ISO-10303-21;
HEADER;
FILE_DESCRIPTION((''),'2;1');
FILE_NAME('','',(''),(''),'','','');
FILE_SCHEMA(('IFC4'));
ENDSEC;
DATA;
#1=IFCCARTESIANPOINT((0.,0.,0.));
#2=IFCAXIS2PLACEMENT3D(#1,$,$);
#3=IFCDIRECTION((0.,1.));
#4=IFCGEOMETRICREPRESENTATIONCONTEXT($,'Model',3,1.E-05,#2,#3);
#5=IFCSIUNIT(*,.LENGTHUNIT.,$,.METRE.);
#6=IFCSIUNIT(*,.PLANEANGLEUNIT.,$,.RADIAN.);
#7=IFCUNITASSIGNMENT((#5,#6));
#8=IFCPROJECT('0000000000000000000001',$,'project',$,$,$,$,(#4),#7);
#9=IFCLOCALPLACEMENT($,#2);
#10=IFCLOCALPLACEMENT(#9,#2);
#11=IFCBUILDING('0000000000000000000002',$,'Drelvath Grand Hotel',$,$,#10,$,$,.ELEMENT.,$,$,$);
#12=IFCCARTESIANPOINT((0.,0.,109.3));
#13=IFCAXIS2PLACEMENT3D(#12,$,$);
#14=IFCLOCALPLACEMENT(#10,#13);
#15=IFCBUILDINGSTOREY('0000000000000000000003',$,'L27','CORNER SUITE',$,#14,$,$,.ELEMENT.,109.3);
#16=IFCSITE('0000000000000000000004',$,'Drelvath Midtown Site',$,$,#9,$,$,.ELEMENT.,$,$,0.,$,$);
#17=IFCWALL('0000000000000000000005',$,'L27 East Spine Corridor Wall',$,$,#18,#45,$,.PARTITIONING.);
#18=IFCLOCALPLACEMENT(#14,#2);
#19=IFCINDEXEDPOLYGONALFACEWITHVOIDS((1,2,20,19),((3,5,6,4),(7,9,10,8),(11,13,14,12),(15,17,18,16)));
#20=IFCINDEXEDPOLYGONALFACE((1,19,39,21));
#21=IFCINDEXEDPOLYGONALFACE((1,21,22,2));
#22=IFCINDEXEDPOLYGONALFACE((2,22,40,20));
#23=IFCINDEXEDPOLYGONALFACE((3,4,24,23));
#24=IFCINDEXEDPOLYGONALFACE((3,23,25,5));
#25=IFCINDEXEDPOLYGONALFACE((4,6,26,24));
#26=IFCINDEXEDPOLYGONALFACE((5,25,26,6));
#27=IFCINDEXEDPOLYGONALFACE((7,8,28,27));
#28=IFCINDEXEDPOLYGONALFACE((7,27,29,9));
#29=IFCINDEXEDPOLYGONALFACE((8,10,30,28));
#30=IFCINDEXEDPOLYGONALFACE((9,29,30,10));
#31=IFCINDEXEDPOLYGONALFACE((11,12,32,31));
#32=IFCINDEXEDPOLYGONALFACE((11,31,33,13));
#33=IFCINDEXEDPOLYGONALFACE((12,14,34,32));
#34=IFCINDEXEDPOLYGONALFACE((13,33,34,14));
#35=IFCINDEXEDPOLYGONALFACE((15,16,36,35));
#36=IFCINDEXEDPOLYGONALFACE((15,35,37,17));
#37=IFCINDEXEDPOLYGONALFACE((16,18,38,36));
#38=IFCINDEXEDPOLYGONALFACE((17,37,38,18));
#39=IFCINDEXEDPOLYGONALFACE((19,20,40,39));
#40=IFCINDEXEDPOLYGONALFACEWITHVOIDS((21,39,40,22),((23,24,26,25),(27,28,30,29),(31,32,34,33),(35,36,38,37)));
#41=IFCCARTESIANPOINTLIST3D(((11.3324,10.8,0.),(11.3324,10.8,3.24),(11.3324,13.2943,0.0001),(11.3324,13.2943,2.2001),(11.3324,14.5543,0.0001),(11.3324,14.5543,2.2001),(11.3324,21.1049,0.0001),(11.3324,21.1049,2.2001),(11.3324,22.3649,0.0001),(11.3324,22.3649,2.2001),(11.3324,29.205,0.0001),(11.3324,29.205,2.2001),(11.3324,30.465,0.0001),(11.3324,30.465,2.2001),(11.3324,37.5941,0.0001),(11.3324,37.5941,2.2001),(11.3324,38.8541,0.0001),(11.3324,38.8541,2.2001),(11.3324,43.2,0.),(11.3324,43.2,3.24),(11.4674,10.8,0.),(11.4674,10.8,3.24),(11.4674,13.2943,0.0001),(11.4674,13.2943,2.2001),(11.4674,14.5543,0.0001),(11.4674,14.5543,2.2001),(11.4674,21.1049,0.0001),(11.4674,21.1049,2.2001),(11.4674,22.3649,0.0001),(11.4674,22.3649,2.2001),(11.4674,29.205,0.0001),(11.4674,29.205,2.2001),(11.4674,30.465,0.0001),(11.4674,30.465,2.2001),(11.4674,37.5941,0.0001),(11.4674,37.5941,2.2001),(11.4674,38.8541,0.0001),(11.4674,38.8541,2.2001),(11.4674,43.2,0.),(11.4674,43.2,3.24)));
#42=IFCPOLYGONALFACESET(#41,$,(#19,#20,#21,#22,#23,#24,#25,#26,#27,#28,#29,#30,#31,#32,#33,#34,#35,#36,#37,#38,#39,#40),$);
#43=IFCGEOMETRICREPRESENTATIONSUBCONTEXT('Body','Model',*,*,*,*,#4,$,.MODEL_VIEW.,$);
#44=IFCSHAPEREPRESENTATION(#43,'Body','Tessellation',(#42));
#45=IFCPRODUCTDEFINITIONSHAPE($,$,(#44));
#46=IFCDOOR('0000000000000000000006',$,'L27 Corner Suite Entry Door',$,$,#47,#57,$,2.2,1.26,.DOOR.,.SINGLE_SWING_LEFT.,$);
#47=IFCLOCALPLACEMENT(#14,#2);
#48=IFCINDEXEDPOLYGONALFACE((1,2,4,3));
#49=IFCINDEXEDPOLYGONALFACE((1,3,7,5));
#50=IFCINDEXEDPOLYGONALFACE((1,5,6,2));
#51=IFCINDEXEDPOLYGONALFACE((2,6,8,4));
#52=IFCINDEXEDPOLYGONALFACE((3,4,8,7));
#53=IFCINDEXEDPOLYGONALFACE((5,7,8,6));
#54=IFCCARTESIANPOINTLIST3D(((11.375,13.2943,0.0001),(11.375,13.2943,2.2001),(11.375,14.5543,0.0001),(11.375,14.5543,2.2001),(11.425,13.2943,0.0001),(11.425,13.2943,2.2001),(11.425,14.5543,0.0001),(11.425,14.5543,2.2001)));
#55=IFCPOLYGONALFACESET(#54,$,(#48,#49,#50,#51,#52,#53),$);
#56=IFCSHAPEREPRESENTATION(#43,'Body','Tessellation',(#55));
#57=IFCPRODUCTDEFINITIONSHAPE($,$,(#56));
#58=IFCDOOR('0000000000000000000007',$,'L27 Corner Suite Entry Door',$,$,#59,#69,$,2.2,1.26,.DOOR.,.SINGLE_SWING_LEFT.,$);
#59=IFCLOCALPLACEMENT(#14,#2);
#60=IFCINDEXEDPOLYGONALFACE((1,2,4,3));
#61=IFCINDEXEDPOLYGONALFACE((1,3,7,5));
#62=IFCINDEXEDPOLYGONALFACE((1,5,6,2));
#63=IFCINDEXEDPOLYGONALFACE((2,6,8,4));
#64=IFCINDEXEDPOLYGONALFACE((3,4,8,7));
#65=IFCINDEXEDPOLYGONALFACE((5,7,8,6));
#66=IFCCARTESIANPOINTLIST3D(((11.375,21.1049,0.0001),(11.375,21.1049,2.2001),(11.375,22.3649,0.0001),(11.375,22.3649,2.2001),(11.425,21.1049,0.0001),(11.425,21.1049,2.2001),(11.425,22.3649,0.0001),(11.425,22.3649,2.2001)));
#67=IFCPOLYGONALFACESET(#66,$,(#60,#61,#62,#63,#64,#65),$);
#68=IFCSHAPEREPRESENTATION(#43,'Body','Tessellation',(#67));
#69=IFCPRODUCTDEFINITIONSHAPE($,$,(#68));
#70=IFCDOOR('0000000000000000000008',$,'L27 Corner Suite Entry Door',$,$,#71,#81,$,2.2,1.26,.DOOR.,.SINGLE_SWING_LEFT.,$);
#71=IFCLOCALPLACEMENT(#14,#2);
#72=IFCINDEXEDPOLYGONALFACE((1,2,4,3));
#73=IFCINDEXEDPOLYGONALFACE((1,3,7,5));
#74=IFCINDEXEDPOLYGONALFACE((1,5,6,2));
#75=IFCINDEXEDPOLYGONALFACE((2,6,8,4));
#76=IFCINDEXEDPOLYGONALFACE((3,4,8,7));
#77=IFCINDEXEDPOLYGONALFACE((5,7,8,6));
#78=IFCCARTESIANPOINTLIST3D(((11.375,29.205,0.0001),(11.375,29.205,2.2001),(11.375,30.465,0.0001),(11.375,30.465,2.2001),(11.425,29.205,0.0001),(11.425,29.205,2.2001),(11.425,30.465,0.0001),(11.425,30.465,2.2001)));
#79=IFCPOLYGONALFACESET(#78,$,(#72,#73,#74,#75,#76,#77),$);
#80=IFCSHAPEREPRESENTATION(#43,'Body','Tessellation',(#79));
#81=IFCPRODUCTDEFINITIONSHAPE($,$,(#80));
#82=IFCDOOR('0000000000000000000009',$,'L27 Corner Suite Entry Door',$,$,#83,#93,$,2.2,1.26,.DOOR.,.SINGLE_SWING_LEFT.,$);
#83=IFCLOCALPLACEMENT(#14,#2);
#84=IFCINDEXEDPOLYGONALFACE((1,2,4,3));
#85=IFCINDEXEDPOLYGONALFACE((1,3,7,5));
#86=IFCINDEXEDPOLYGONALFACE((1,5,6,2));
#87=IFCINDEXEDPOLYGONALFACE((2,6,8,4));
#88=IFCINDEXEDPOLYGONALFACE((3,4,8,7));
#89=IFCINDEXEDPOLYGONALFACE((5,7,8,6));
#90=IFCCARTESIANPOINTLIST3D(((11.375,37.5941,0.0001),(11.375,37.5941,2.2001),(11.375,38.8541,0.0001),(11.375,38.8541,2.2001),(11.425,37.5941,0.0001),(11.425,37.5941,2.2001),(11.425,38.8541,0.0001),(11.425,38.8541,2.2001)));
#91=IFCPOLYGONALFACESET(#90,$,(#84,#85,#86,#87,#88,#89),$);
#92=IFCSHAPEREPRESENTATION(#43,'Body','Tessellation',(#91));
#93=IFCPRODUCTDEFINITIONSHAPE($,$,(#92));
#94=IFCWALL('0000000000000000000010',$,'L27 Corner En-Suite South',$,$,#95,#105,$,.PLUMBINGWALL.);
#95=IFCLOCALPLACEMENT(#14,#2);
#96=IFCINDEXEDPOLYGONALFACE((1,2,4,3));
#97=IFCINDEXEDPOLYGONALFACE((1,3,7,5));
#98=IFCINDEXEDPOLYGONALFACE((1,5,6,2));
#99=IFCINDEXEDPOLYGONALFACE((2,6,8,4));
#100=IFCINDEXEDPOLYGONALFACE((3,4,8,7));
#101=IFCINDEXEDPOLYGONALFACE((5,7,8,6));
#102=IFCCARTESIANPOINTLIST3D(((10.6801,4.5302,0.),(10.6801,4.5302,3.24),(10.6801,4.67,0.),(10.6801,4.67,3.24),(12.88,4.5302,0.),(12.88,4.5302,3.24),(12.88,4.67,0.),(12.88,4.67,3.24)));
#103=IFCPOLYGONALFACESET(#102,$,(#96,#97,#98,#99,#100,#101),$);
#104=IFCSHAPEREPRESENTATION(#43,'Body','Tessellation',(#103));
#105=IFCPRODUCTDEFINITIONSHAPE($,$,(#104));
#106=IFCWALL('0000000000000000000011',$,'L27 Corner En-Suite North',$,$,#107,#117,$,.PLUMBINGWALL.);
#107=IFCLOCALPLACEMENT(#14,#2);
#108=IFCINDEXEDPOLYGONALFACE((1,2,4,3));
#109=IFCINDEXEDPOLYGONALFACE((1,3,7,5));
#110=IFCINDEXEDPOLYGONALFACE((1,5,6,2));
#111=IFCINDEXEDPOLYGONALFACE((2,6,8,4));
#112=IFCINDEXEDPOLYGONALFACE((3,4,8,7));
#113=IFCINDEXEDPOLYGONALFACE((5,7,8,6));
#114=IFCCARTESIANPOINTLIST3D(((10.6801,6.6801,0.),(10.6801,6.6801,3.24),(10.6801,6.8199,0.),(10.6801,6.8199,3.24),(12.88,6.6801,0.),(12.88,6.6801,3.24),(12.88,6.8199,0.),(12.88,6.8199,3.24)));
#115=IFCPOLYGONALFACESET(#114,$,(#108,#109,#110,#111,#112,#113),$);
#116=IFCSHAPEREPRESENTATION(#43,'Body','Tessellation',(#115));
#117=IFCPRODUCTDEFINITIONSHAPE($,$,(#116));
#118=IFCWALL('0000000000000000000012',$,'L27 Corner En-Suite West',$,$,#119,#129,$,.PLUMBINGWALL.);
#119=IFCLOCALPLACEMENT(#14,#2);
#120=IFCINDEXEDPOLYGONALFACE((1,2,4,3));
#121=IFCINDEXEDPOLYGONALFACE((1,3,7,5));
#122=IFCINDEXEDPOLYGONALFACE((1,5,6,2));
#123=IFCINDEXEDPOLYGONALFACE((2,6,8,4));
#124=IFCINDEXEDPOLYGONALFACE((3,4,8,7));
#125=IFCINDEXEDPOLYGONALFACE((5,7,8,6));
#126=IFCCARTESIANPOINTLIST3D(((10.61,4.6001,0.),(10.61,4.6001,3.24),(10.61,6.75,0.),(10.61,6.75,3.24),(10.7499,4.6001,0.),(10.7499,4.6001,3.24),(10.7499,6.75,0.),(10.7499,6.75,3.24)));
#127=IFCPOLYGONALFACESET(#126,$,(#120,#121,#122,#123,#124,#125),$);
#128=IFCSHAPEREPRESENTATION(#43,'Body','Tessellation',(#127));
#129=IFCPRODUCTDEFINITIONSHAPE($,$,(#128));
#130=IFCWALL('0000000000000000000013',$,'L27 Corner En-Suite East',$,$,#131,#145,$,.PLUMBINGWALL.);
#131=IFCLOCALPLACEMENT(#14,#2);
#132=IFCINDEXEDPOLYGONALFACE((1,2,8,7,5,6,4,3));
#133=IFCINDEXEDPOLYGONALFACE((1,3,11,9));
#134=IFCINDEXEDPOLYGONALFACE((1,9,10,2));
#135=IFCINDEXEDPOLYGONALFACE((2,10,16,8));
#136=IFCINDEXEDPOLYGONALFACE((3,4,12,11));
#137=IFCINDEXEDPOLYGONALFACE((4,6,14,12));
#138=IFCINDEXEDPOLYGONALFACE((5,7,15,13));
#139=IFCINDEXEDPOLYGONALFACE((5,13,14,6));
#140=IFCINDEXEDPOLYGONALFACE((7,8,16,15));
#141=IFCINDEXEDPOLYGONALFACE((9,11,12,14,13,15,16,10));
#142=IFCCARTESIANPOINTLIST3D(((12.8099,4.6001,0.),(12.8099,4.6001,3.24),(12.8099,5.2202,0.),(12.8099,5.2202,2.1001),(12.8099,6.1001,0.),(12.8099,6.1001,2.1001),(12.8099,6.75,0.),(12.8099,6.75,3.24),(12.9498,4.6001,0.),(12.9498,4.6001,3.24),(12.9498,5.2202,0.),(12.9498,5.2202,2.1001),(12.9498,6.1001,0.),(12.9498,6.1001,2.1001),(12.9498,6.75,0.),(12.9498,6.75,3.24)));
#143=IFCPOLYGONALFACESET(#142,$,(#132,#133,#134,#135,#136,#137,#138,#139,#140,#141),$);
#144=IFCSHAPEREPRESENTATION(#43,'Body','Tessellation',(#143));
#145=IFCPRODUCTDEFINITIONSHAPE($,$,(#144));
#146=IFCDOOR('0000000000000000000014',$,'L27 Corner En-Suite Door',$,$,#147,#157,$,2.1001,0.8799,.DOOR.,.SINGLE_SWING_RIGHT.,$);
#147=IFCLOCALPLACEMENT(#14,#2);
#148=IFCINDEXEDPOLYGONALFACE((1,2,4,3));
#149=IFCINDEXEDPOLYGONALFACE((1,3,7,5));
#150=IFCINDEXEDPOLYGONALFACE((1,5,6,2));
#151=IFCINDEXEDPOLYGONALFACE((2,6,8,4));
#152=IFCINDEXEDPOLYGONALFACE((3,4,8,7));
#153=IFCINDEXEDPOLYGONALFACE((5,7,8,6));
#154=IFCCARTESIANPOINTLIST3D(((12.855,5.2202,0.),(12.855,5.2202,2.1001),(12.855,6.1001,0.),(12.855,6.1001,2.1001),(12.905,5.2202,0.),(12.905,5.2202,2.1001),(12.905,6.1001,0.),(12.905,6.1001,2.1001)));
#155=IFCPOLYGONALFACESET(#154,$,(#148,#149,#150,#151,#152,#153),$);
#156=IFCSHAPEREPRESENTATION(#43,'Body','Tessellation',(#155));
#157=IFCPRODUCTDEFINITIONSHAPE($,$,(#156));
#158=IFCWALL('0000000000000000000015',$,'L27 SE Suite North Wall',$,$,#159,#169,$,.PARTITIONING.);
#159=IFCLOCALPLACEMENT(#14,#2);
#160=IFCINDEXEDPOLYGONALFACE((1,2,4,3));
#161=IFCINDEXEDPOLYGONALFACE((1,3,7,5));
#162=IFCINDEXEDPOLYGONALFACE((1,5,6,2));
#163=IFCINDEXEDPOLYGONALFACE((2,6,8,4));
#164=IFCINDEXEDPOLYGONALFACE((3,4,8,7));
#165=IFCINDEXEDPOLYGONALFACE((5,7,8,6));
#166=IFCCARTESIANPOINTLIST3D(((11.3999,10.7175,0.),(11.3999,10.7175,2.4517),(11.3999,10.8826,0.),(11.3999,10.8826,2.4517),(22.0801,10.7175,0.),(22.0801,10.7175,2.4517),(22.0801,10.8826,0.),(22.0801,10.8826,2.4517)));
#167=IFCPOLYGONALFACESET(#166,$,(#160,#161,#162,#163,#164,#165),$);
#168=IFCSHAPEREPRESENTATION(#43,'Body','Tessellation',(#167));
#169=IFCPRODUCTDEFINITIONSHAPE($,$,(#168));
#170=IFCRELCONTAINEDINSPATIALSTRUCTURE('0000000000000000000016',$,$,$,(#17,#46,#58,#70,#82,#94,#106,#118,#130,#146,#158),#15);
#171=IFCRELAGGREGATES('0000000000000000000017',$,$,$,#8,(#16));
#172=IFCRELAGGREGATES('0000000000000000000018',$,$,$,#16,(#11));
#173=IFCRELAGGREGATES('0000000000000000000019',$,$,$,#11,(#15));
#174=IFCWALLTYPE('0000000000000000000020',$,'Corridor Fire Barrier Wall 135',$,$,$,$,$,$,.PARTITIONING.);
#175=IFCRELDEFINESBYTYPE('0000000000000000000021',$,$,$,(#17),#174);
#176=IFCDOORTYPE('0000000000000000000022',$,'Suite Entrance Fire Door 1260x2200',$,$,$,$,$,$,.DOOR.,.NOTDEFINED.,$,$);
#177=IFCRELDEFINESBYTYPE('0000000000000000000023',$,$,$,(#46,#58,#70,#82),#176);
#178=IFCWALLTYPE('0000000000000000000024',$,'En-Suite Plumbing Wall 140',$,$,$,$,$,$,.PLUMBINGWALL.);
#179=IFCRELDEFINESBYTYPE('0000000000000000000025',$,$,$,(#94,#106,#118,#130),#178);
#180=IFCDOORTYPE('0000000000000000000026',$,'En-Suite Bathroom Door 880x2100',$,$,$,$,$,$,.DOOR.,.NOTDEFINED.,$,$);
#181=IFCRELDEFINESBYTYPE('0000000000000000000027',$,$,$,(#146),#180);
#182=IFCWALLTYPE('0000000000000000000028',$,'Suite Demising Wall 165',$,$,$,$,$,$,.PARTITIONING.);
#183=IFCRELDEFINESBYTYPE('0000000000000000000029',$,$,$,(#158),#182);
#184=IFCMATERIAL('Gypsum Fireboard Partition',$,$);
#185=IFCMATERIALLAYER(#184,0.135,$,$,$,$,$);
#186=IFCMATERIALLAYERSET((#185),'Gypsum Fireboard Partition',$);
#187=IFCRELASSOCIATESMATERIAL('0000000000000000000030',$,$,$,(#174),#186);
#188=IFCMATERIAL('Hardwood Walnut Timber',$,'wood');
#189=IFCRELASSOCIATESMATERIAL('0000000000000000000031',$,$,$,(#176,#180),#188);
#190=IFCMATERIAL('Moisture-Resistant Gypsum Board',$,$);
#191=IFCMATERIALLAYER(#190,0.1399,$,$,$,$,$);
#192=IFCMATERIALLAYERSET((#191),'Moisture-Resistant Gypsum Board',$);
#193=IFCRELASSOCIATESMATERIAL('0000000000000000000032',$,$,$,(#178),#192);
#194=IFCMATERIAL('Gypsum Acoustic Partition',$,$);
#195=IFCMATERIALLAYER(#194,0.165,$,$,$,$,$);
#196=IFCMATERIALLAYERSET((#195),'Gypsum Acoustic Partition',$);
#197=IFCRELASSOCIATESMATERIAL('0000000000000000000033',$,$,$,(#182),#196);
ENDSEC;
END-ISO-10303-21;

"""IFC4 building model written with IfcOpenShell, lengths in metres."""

from ifc_helpers import new_model, si_unit, direction, frame, frame_2d, origin, place, context, subcontext, project, spatial, rectangle, extrude, material, layer, layer_set, type_object, element, fill, save


model = new_model("IFC4")

# Units and contexts
model_context = context("Model", 3, precision=1e-05, world=origin(), true_north=direction((0.0, 1.0)))
body_context = subcontext(model_context, "Body", "Model", "MODEL_VIEW")
ifc_project = project(units=[si_unit("LENGTHUNIT", "METRE"), si_unit("PLANEANGLEUNIT", "RADIAN")], contexts=[model_context])

# Site, building, storey
site_placement = place(None, origin())
site = spatial("IfcSite", under=ifc_project, at=site_placement, Name="Drelvath Midtown Site", CompositionType="ELEMENT", RefElevation=0.0)
building_placement = place(site_placement, origin())
building = spatial("IfcBuilding", under=site, at=building_placement, Name="Drelvath Grand Hotel", CompositionType="ELEMENT")
storey_placement = place(building_placement, frame((0.0, 0.0, 109.3)))
storey = spatial("IfcBuildingStorey", under=building, at=storey_placement, Name="L27", Description="CORNER SUITE", CompositionType="ELEMENT", Elevation=109.3)

# Shared definitions
ifc_material_1 = material(Name="Gypsum Fireboard Partition")
ifc_layer_1 = layer(ifc_material_1, 0.135)
ifc_layer_set_1 = layer_set([ifc_layer_1], Name="Gypsum Fireboard Partition")
wall_type_1 = type_object("IfcWallType", Name="Corridor Fire Barrier Wall 135", PredefinedType="PARTITIONING", material=ifc_layer_set_1)

# Wall, openings, doors
wall_1_placement = place(storey_placement, frame((11.3999, 10.8, 0.0), z_axis=(0.0, 0.0, 1.0), x_axis=(0.0, 1.0, 0.0)))
wall_1 = element("IfcWall", 1, at=wall_1_placement, inside=storey, type_object=wall_type_1, Name="L27 East Spine Corridor Wall", PredefinedType="PARTITIONING", context=body_context, shape_type="SweptSolid", body=[
    extrude(rectangle(XDim=32.3999, YDim=0.135, at=frame_2d((16.2, 0.0))), origin(), (0.0, 0.0, 1.0), 3.24),
])
opening_1_placement = place(wall_1_placement, frame((2.4944, 0.0, 0.0)))
opening_1 = element("IfcOpeningElement", 2, at=opening_1_placement, cuts=wall_1, PredefinedType="OPENING", context=body_context, shape_type="SweptSolid", body=[
    extrude(rectangle(XDim=1.26, YDim=2.2, at=frame_2d((0.6299, 1.1001))), frame((0.0, 0.0774, 0.0), z_axis=(0.0, -1.0, 0.0), x_axis=(1.0, 0.0, 0.0)), (0.0, 0.0, 1.0), 0.155),
])
opening_2_placement = place(wall_1_placement, frame((10.3049, 0.0, 0.0)))
opening_2 = element("IfcOpeningElement", 3, at=opening_2_placement, cuts=wall_1, PredefinedType="OPENING", context=body_context, shape_type="SweptSolid", body=[
    extrude(rectangle(XDim=1.26, YDim=2.2, at=frame_2d((0.6299, 1.1001))), frame((0.0, 0.0774, 0.0), z_axis=(0.0, -1.0, 0.0), x_axis=(1.0, 0.0, 0.0)), (0.0, 0.0, 1.0), 0.155),
])
opening_3_placement = place(wall_1_placement, frame((18.405, 0.0, 0.0)))
opening_3 = element("IfcOpeningElement", 4, at=opening_3_placement, cuts=wall_1, PredefinedType="OPENING", context=body_context, shape_type="SweptSolid", body=[
    extrude(rectangle(XDim=1.26, YDim=2.2, at=frame_2d((0.6299, 1.1001))), frame((0.0, 0.0774, 0.0), z_axis=(0.0, -1.0, 0.0), x_axis=(1.0, 0.0, 0.0)), (0.0, 0.0, 1.0), 0.155),
])
opening_4_placement = place(wall_1_placement, frame((26.7942, 0.0, 0.0)))
opening_4 = element("IfcOpeningElement", 5, at=opening_4_placement, cuts=wall_1, PredefinedType="OPENING", context=body_context, shape_type="SweptSolid", body=[
    extrude(rectangle(XDim=1.26, YDim=2.2, at=frame_2d((0.6299, 1.1001))), frame((0.0, 0.0774, 0.0), z_axis=(0.0, -1.0, 0.0), x_axis=(1.0, 0.0, 0.0)), (0.0, 0.0, 1.0), 0.155),
])
ifc_material_2 = material(Name="Hardwood Walnut Timber", Category="wood")
door_type_1 = type_object("IfcDoorType", Name="Suite Entrance Fire Door 1260x2200", OperationType="NOTDEFINED", PredefinedType="DOOR", material=ifc_material_2)
door_1_placement = place(opening_1_placement, origin())
door_1 = element("IfcDoor", 6, at=door_1_placement, inside=storey, type_object=door_type_1, Name="L27 Corner Suite Entry Door", OperationType="SINGLE_SWING_LEFT", OverallHeight=2.2, OverallWidth=1.26, PredefinedType="DOOR", context=body_context, shape_type="SweptSolid", body=[
    extrude(rectangle(XDim=1.26, YDim=2.2, at=frame_2d((0.6299, 1.1001))), frame((0.0, 0.0249, 0.0), z_axis=(0.0, -1.0, 0.0), x_axis=(1.0, 0.0, 0.0)), (0.0, 0.0, 1.0), 0.05),
])
fill(opening_1, door_1)
door_2_placement = place(opening_2_placement, origin())
door_2 = element("IfcDoor", 7, at=door_2_placement, inside=storey, type_object=door_type_1, Name="L27 Corner Suite Entry Door", OperationType="SINGLE_SWING_LEFT", OverallHeight=2.2, OverallWidth=1.26, PredefinedType="DOOR", context=body_context, shape_type="SweptSolid", body=[
    extrude(rectangle(XDim=1.26, YDim=2.2, at=frame_2d((0.6299, 1.1001))), frame((0.0, 0.0249, 0.0), z_axis=(0.0, -1.0, 0.0), x_axis=(1.0, 0.0, 0.0)), (0.0, 0.0, 1.0), 0.05),
])
fill(opening_2, door_2)
door_3_placement = place(opening_3_placement, origin())
door_3 = element("IfcDoor", 8, at=door_3_placement, inside=storey, type_object=door_type_1, Name="L27 Corner Suite Entry Door", OperationType="SINGLE_SWING_LEFT", OverallHeight=2.2, OverallWidth=1.26, PredefinedType="DOOR", context=body_context, shape_type="SweptSolid", body=[
    extrude(rectangle(XDim=1.26, YDim=2.2, at=frame_2d((0.6299, 1.1001))), frame((0.0, 0.0249, 0.0), z_axis=(0.0, -1.0, 0.0), x_axis=(1.0, 0.0, 0.0)), (0.0, 0.0, 1.0), 0.05),
])
fill(opening_3, door_3)
door_4_placement = place(opening_4_placement, origin())
door_4 = element("IfcDoor", 9, at=door_4_placement, inside=storey, type_object=door_type_1, Name="L27 Corner Suite Entry Door", OperationType="SINGLE_SWING_LEFT", OverallHeight=2.2, OverallWidth=1.26, PredefinedType="DOOR", context=body_context, shape_type="SweptSolid", body=[
    extrude(rectangle(XDim=1.26, YDim=2.2, at=frame_2d((0.6299, 1.1001))), frame((0.0, 0.0249, 0.0), z_axis=(0.0, -1.0, 0.0), x_axis=(1.0, 0.0, 0.0)), (0.0, 0.0, 1.0), 0.05),
])
fill(opening_4, door_4)

# Walls
ifc_material_3 = material(Name="Moisture-Resistant Gypsum Board")
ifc_layer_2 = layer(ifc_material_3, 0.1399)
ifc_layer_set_2 = layer_set([ifc_layer_2], Name="Moisture-Resistant Gypsum Board")
wall_type_2 = type_object("IfcWallType", Name="En-Suite Plumbing Wall 140", PredefinedType="PLUMBINGWALL", material=ifc_layer_set_2)
for number, where, z_axis, x_axis, name in (
    (10, (10.6799, 4.6001, 0.0), (0.0, 0.0, 1.0), (1.0, 0.0, 0.0), "L27 Corner En-Suite South"),
    (11, (10.6799, 6.75, 0.0), (0.0, 0.0, 1.0), (1.0, 0.0, 0.0), "L27 Corner En-Suite North"),
):
    element("IfcWall", number, at=place(storey_placement, frame(where, z_axis=z_axis, x_axis=x_axis)), inside=storey, type_object=wall_type_2, Name=name, PredefinedType="PLUMBINGWALL", context=body_context, shape_type="SweptSolid", body=[
        extrude(rectangle(XDim=2.2, YDim=0.1399, at=frame_2d((1.1001, 0.0))), origin(), (0.0, 0.0, 1.0), 3.24),
    ])
wall_2_placement = place(storey_placement, frame((10.6799, 4.6001, 0.0), z_axis=(0.0, 0.0, 1.0), x_axis=(0.0, 1.0, 0.0)))
element("IfcWall", 12, at=wall_2_placement, inside=storey, type_object=wall_type_2, Name="L27 Corner En-Suite West", PredefinedType="PLUMBINGWALL", context=body_context, shape_type="SweptSolid", body=[
    extrude(rectangle(XDim=2.1499, YDim=0.1399, at=frame_2d((1.075, 0.0))), origin(), (0.0, 0.0, 1.0), 3.24),
])

# Wall, opening, door
wall_3_placement = place(storey_placement, frame((12.8799, 4.6001, 0.0), z_axis=(0.0, 0.0, 1.0), x_axis=(0.0, 1.0, 0.0)))
wall_3 = element("IfcWall", 13, at=wall_3_placement, inside=storey, type_object=wall_type_2, Name="L27 Corner En-Suite East", PredefinedType="PLUMBINGWALL", context=body_context, shape_type="SweptSolid", body=[
    extrude(rectangle(XDim=2.1499, YDim=0.1399, at=frame_2d((1.075, 0.0))), origin(), (0.0, 0.0, 1.0), 3.24),
])
opening_5_placement = place(wall_3_placement, frame((0.6201, 0.0, 0.0)))
opening_5 = element("IfcOpeningElement", 14, at=opening_5_placement, cuts=wall_3, PredefinedType="OPENING", context=body_context, shape_type="SweptSolid", body=[
    extrude(rectangle(XDim=0.8799, YDim=2.1001, at=frame_2d((0.4399, 1.05))), frame((0.0, 0.0798, 0.0), z_axis=(0.0, -1.0, 0.0), x_axis=(1.0, 0.0, 0.0)), (0.0, 0.0, 1.0), 0.1599),
])
door_type_2 = type_object("IfcDoorType", Name="En-Suite Bathroom Door 880x2100", OperationType="NOTDEFINED", PredefinedType="DOOR", material=ifc_material_2)
door_5_placement = place(opening_5_placement, origin())
door_5 = element("IfcDoor", 15, at=door_5_placement, inside=storey, type_object=door_type_2, Name="L27 Corner En-Suite Door", OperationType="SINGLE_SWING_RIGHT", OverallHeight=2.1001, OverallWidth=0.8799, PredefinedType="DOOR", context=body_context, shape_type="SweptSolid", body=[
    extrude(rectangle(XDim=0.8799, YDim=2.1001, at=frame_2d((0.4399, 1.05))), frame((0.0, 0.0249, 0.0), z_axis=(0.0, -1.0, 0.0), x_axis=(1.0, 0.0, 0.0)), (0.0, 0.0, 1.0), 0.05),
])
fill(opening_5, door_5)

# Wall
ifc_material_4 = material(Name="Gypsum Acoustic Partition")
ifc_layer_3 = layer(ifc_material_4, 0.165)
ifc_layer_set_3 = layer_set([ifc_layer_3], Name="Gypsum Acoustic Partition")
wall_type_3 = type_object("IfcWallType", Name="Suite Demising Wall 165", PredefinedType="PARTITIONING", material=ifc_layer_set_3)
wall_4_placement = place(storey_placement, frame((11.3999, 10.8, 0.0), z_axis=(0.0, 0.0, 1.0), x_axis=(1.0, 0.0, 0.0)))
element("IfcWall", 16, at=wall_4_placement, inside=storey, type_object=wall_type_3, Name="L27 SE Suite North Wall", PredefinedType="PARTITIONING", context=body_context, shape_type="SweptSolid", body=[
    extrude(rectangle(XDim=10.6802, YDim=0.165, at=frame_2d((5.3401, 0.0))), origin(), (0.0, 0.0, 1.0), 2.4517),
])

save(model, "model.ifc")
